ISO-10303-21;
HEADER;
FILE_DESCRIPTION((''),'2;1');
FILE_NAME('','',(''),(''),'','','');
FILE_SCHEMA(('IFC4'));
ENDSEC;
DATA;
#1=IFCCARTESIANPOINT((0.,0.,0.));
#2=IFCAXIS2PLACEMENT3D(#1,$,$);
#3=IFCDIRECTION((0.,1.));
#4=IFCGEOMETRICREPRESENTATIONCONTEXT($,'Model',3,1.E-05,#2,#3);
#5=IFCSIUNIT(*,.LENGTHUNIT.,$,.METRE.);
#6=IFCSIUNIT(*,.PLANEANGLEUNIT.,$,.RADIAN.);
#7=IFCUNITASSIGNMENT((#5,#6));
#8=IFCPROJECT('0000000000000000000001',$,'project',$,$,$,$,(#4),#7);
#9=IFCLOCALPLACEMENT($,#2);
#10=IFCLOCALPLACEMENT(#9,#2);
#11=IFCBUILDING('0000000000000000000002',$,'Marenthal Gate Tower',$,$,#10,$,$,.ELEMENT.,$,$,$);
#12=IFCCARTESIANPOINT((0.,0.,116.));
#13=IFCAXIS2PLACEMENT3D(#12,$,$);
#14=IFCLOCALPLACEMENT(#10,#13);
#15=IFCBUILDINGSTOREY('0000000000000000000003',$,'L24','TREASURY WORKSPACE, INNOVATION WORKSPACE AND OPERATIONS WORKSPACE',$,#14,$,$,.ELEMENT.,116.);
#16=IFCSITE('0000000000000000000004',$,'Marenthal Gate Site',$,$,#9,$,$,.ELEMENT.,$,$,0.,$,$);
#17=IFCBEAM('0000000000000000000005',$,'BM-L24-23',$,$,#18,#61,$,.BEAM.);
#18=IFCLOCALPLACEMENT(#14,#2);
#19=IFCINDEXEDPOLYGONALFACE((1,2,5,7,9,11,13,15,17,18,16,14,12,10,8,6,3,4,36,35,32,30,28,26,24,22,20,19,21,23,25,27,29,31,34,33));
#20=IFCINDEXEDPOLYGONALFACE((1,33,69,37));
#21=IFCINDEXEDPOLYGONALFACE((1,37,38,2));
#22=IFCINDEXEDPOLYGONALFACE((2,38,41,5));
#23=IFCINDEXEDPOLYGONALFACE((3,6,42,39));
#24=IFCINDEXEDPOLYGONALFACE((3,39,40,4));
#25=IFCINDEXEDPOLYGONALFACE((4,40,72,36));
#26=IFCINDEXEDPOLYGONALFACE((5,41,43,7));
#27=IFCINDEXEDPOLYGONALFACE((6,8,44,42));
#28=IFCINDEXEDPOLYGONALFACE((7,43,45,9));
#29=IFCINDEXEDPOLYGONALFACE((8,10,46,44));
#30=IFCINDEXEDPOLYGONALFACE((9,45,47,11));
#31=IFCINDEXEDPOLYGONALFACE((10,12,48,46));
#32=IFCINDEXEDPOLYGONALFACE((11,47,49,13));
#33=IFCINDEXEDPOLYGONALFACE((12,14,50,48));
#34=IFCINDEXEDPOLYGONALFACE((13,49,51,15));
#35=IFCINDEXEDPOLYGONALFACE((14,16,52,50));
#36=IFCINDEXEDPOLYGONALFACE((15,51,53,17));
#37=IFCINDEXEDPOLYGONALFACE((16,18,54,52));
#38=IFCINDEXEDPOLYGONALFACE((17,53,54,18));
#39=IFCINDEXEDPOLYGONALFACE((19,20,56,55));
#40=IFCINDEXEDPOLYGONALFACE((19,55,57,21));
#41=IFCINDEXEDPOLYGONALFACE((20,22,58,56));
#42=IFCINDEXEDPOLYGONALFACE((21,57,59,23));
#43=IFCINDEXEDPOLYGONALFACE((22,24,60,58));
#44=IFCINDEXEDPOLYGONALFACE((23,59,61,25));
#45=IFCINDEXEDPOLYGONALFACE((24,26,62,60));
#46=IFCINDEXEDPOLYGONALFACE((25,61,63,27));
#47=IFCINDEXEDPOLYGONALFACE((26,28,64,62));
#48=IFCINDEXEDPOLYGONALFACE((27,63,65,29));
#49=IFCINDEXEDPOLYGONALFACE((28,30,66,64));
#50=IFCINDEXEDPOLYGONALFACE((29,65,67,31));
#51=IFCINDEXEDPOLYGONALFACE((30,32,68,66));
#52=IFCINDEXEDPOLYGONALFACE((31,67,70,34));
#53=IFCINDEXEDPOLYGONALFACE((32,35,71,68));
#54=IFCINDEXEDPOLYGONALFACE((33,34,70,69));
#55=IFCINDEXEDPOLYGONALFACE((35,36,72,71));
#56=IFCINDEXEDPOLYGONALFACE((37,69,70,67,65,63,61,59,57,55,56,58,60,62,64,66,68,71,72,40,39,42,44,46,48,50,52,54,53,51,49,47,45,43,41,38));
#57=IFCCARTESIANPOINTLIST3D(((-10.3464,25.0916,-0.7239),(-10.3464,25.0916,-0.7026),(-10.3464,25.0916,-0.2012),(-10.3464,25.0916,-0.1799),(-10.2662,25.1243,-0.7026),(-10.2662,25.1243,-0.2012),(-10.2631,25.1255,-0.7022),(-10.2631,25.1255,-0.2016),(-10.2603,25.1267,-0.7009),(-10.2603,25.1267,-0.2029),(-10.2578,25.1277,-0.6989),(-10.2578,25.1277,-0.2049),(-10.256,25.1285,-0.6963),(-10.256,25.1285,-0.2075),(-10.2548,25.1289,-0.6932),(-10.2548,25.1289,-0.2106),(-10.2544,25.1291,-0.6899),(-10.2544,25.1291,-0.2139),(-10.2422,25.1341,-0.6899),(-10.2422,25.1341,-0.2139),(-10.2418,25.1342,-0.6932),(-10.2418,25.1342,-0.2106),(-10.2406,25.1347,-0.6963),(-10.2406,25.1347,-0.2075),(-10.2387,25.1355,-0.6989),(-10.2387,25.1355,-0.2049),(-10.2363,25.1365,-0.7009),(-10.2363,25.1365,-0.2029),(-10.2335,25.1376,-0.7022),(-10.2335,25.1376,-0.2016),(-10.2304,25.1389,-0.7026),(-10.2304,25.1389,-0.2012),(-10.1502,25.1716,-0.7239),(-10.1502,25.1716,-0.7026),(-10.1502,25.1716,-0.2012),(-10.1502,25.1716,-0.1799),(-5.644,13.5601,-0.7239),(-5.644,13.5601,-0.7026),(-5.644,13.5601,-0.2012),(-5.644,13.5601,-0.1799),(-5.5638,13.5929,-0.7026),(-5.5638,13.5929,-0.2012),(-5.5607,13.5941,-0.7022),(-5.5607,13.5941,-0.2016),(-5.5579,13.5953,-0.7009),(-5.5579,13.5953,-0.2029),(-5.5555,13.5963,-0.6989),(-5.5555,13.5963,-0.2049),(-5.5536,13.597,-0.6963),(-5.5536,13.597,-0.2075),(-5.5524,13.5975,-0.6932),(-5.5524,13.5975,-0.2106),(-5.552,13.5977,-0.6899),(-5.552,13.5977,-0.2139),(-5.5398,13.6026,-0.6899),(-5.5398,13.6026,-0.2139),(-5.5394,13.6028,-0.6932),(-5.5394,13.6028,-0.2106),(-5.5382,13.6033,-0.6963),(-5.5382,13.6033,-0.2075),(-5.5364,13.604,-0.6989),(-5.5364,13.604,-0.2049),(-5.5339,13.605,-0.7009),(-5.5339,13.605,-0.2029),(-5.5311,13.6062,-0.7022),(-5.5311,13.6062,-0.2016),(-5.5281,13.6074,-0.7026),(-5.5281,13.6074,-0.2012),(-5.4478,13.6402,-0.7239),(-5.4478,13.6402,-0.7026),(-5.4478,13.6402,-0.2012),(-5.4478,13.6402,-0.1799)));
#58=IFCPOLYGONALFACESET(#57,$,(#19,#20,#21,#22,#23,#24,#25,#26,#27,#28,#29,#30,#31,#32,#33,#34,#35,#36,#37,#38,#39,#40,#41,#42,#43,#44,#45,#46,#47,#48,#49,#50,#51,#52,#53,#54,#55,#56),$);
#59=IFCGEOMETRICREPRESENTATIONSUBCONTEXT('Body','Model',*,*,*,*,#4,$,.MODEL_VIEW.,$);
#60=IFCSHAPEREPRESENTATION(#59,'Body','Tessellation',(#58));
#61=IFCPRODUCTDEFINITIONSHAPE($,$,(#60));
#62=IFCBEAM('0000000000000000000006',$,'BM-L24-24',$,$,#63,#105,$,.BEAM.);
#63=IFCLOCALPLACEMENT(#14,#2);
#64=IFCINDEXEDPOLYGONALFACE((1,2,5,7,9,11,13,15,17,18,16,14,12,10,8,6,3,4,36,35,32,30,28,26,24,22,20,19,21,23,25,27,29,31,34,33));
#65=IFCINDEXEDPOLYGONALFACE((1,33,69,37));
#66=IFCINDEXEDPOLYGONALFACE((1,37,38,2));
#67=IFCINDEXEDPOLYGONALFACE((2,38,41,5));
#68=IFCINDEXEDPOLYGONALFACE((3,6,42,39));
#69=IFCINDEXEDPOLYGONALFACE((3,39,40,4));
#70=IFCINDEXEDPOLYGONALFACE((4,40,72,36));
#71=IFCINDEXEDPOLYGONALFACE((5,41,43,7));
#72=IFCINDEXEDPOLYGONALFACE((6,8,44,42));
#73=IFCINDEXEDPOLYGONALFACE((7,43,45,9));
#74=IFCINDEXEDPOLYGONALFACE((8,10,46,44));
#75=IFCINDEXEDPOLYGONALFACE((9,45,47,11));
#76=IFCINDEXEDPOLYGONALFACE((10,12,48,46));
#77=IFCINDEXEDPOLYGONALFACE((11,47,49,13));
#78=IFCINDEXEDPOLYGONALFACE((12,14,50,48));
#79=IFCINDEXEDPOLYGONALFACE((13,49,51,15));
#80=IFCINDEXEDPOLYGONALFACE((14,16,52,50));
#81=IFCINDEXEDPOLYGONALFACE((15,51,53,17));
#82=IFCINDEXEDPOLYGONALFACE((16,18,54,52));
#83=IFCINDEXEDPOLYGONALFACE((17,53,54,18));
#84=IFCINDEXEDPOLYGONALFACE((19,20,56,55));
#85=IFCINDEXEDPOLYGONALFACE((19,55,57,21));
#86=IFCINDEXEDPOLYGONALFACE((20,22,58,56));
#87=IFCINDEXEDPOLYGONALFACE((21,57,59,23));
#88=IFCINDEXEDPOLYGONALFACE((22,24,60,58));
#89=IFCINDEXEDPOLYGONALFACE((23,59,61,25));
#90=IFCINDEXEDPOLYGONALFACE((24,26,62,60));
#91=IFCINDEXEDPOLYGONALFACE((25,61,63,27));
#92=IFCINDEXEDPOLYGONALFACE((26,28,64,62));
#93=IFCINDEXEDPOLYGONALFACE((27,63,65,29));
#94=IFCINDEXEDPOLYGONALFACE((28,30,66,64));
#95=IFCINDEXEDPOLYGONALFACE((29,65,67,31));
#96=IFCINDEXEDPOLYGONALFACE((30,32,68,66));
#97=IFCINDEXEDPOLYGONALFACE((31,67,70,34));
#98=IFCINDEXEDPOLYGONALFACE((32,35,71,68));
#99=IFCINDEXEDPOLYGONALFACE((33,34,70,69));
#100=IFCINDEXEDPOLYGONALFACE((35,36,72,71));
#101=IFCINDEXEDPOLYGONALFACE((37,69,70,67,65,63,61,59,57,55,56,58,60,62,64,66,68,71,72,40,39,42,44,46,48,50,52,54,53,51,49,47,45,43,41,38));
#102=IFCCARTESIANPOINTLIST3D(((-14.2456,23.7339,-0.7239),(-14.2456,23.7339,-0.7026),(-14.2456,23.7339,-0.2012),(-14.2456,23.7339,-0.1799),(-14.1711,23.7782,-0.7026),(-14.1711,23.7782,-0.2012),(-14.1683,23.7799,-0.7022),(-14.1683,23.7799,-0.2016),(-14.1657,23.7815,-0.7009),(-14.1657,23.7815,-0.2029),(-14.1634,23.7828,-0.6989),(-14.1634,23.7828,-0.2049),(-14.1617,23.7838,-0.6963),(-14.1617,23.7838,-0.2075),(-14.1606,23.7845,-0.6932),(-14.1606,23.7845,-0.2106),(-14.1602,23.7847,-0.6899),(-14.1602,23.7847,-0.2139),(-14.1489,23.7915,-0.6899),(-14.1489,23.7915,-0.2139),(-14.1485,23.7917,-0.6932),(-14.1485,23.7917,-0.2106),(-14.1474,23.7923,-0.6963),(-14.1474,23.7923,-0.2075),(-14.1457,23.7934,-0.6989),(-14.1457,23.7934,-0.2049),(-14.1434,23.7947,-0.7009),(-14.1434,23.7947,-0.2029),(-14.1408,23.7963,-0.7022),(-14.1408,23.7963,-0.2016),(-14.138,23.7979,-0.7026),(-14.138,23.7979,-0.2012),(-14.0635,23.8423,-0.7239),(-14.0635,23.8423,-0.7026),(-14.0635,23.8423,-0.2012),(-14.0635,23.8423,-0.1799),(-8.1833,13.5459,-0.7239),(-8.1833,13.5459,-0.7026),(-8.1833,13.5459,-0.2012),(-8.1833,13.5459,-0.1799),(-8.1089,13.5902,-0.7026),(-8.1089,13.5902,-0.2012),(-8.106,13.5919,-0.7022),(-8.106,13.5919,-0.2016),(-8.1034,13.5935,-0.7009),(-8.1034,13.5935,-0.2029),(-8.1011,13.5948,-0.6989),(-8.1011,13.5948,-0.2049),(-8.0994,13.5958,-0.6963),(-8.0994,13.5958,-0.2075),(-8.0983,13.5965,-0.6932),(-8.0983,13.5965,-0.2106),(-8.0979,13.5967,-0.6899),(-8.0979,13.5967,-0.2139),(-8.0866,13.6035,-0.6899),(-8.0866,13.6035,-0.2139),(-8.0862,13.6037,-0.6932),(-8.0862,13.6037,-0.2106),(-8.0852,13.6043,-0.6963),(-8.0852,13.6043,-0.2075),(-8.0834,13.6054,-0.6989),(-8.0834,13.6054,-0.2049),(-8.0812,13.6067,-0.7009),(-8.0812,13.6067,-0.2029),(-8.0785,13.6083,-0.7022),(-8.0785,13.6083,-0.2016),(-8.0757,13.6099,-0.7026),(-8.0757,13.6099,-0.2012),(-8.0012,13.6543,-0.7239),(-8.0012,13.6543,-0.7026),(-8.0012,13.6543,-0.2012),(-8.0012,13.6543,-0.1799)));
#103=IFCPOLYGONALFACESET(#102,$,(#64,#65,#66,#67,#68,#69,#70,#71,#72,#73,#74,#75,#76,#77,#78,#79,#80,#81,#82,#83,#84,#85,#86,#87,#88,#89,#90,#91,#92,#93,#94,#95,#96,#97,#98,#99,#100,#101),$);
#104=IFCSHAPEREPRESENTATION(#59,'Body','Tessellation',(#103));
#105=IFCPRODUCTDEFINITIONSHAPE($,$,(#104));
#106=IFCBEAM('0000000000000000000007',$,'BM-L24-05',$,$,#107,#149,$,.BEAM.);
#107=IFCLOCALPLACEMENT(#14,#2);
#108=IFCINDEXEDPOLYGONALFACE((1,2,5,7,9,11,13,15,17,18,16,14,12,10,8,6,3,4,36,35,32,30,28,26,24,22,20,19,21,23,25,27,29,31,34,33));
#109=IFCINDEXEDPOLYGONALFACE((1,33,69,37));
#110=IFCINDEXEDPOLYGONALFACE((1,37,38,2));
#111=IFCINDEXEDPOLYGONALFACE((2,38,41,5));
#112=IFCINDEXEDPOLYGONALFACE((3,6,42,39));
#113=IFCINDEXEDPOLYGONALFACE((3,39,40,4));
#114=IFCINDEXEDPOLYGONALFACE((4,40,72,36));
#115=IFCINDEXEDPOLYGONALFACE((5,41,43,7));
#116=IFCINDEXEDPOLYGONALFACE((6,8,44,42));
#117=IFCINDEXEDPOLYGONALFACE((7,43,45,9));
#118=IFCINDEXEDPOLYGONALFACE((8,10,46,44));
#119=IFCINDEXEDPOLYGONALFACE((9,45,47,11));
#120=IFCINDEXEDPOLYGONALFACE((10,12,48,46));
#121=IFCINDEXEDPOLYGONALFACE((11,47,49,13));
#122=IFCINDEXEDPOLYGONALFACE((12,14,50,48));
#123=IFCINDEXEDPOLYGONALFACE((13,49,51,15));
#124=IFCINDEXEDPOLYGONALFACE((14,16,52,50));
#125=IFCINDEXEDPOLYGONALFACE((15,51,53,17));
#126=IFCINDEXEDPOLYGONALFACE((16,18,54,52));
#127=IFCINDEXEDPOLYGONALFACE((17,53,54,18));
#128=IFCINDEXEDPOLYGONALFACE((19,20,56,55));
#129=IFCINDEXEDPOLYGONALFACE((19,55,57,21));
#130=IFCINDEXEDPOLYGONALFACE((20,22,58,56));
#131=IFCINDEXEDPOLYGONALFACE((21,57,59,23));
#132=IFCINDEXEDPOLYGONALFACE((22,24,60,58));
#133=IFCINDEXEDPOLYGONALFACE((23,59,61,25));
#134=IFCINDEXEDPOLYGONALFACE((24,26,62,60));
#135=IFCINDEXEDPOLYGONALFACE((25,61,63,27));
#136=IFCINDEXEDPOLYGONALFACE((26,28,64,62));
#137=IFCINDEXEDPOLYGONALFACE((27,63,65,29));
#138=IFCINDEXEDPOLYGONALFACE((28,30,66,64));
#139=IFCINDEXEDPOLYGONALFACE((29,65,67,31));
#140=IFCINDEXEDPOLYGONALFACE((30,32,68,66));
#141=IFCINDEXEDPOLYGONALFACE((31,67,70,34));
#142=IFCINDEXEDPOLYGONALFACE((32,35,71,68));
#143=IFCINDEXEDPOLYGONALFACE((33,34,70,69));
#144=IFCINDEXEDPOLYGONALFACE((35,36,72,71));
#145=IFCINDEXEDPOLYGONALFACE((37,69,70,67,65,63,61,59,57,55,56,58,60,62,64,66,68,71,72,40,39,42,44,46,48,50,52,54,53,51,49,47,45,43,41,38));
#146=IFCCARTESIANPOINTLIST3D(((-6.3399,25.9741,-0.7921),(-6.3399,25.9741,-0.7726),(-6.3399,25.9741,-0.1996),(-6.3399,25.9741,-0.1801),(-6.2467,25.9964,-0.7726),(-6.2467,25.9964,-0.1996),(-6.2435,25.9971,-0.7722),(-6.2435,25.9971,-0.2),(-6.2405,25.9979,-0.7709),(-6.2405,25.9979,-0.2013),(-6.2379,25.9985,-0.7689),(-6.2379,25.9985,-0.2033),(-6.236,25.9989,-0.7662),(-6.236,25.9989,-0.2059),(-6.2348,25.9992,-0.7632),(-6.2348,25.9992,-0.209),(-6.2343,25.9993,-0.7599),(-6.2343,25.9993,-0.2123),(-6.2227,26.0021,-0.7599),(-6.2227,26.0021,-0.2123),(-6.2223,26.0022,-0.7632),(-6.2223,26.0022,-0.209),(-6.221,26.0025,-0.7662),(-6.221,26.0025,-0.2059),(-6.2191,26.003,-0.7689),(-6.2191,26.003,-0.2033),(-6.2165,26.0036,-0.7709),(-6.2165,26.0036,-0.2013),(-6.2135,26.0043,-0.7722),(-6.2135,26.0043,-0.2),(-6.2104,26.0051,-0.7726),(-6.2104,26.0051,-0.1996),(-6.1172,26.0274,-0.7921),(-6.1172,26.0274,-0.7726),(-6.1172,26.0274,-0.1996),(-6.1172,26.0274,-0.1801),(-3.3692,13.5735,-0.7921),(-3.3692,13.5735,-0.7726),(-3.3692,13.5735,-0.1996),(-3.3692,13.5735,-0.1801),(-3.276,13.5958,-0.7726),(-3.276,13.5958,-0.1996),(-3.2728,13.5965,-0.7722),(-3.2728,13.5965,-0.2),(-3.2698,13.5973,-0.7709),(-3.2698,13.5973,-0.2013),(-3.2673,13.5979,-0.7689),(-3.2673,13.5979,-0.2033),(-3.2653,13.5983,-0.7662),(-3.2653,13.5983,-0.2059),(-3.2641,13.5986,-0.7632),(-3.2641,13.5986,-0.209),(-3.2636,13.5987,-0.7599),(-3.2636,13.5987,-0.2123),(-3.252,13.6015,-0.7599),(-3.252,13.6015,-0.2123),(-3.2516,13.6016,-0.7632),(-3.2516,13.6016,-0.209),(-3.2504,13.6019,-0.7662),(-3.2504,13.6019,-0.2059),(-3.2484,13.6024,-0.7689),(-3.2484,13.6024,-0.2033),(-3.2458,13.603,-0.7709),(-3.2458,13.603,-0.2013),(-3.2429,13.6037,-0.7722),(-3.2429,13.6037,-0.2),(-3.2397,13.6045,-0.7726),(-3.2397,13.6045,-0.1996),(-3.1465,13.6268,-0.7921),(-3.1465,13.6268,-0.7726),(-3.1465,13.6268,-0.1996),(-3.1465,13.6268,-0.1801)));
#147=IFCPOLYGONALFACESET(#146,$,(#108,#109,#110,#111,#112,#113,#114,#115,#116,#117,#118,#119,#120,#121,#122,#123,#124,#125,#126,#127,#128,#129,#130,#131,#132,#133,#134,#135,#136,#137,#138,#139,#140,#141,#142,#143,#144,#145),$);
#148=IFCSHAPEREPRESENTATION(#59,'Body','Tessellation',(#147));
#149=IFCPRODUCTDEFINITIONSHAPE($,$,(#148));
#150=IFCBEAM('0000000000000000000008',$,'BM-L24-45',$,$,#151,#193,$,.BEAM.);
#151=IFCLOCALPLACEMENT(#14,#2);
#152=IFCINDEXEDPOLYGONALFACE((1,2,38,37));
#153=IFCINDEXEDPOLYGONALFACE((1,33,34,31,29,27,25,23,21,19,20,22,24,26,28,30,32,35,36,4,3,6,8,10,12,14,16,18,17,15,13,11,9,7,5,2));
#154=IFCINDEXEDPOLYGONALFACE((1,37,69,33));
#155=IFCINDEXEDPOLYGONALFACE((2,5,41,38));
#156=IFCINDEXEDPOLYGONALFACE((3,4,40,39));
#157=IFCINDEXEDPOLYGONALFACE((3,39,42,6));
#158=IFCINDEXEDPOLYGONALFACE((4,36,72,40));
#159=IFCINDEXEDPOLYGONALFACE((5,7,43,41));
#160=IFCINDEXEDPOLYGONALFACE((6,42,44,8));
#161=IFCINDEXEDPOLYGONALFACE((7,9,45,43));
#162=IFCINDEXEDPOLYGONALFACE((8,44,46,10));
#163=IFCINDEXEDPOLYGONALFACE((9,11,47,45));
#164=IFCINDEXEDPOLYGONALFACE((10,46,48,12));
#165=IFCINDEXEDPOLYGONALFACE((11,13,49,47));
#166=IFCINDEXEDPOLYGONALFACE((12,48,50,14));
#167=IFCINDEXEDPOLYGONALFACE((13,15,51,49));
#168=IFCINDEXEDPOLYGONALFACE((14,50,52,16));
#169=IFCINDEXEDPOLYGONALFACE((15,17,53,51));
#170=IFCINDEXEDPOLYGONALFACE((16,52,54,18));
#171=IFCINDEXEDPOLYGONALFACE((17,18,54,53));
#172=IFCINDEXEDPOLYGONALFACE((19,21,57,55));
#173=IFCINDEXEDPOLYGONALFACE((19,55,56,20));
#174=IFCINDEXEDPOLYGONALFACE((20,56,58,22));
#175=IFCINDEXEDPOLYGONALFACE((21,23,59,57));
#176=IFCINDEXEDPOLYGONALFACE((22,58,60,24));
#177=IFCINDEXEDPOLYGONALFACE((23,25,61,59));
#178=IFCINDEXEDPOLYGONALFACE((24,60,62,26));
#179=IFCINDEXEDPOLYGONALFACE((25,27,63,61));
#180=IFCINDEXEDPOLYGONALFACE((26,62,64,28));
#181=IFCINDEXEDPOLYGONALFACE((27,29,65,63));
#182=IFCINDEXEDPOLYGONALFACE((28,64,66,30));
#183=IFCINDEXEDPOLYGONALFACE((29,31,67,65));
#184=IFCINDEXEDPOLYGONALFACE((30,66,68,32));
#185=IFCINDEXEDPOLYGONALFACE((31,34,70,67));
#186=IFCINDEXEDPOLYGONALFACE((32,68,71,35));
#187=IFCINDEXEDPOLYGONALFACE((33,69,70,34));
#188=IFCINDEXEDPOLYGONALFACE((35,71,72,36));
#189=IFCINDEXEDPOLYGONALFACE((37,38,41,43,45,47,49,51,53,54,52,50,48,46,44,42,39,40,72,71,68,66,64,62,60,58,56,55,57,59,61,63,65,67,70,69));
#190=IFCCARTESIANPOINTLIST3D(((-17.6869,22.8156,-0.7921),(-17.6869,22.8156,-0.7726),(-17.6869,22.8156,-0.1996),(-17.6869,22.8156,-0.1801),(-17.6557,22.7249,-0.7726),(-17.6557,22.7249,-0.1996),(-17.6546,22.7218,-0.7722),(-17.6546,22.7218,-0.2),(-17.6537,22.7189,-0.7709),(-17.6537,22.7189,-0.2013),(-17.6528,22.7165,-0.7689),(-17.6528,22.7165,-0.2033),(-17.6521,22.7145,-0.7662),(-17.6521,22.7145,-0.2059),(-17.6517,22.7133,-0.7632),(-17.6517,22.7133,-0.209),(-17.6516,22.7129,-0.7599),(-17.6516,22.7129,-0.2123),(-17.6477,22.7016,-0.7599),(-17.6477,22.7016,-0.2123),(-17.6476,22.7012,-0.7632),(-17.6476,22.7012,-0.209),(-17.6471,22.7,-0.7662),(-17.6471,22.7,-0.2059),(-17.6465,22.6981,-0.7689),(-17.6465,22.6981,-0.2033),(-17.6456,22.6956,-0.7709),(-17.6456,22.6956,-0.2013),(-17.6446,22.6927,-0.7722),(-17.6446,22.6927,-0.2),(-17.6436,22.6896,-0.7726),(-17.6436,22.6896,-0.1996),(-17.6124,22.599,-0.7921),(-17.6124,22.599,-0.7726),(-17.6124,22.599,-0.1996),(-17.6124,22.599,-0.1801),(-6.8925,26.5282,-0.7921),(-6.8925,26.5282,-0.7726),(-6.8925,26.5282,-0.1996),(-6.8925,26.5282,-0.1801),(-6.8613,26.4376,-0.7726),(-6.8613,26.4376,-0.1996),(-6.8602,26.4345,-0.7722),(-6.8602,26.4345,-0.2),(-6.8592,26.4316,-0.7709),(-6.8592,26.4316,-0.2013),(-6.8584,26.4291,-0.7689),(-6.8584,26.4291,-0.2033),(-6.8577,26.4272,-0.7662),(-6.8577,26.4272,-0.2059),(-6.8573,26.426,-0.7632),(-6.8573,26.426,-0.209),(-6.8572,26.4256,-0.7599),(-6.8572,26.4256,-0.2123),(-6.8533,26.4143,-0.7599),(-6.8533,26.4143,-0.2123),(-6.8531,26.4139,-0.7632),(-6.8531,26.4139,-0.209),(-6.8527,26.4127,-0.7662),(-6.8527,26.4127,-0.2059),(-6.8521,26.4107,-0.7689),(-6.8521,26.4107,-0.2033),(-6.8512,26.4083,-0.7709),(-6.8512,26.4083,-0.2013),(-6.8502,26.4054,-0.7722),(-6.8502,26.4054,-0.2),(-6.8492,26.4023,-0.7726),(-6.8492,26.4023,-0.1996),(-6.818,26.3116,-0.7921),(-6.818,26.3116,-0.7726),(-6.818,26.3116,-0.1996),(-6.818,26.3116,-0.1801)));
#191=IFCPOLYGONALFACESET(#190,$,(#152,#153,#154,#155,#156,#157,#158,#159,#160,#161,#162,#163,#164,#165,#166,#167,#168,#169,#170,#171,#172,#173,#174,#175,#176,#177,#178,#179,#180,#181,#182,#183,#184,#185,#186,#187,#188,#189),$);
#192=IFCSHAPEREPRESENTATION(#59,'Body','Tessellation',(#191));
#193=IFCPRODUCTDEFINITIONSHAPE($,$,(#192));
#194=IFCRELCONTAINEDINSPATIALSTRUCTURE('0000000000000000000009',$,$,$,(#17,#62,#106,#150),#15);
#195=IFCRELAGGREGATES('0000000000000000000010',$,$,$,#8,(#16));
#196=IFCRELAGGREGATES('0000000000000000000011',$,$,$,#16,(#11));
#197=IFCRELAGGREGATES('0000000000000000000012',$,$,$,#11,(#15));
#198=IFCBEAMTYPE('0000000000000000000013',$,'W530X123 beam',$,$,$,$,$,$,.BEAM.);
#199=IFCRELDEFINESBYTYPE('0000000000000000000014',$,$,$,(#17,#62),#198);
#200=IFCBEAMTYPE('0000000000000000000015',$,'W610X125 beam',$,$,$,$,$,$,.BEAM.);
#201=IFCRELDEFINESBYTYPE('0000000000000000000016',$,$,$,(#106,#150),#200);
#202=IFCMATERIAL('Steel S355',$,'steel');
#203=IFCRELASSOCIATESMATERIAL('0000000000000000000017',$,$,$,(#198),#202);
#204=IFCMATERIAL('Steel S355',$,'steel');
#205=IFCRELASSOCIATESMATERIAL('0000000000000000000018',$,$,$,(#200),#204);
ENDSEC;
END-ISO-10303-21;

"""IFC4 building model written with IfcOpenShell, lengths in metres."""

from ifc_helpers import new_model, si_unit, direction, frame, origin, origin_2d, place, context, subcontext, project, spatial, i_section, extrude, material, material_profile, profile_set, type_object, element, save


model = new_model("IFC4")

# Units and contexts
model_context = context("Model", 3, precision=1e-05, world=origin(), true_north=direction((0.0, 1.0)))
body_context = subcontext(model_context, "Body", "Model", "MODEL_VIEW")
ifc_project = project(units=[si_unit("LENGTHUNIT", "METRE"), si_unit("PLANEANGLEUNIT", "RADIAN")], contexts=[model_context])

# Site, building, storey
site_placement = place(None, origin())
site = spatial("IfcSite", under=ifc_project, at=site_placement, Name="Marenthal Gate Site", CompositionType="ELEMENT", RefElevation=0.0)
building_placement = place(site_placement, origin())
building = spatial("IfcBuilding", under=site, at=building_placement, Name="Marenthal Gate Tower", CompositionType="ELEMENT")
storey_placement = place(building_placement, frame((0.0, 0.0, 116.0)))
storey = spatial("IfcBuildingStorey", under=building, at=storey_placement, Name="L24", Description="TREASURY WORKSPACE, INNOVATION WORKSPACE AND OPERATIONS WORKSPACE", CompositionType="ELEMENT", Elevation=116.0)

# Beams
ifc_material_1 = material(Name="Steel S355", Category="steel")
ifc_material_profile_1 = material_profile(ifc_material_1, i_section(OverallWidth=0.2119, OverallDepth=0.5439, WebThickness=0.0132, FlangeThickness=0.0212, FilletRadius=0.0127, at=origin_2d()), Name="W530X123")
ifc_profile_set_1 = profile_set([ifc_material_profile_1], Name="Steel S355")
beam_type_1 = type_object("IfcBeamType", Name="W530X123 beam", PredefinedType="BEAM", material=ifc_profile_set_1)
beam_1_placement = place(storey_placement, frame((-10.2483, 25.1316, -0.4519), z_axis=(0.377598, -0.92597, 0.0), x_axis=(0.92597, 0.377598, 0.0)))
element("IfcBeam", 1, at=beam_1_placement, inside=storey, type_object=beam_type_1, Name="BM-L24-23", PredefinedType="BEAM", context=body_context, shape_type="SweptSolid", body=[
    extrude(i_section(OverallWidth=0.2119, OverallDepth=0.5439, WebThickness=0.0132, FlangeThickness=0.0212, FilletRadius=0.0127, at=origin_2d()), origin(), (0.0, 0.0, 1.0), 12.4534),
])
beam_2_placement = place(storey_placement, frame((-14.1545, 23.7881, -0.4519), z_axis=(0.511358, -0.859368, 0.0), x_axis=(0.859368, 0.511358, 0.0)))
element("IfcBeam", 2, at=beam_2_placement, inside=storey, type_object=beam_type_1, Name="BM-L24-24", PredefinedType="BEAM", context=body_context, shape_type="SweptSolid", body=[
    extrude(i_section(OverallWidth=0.2119, OverallDepth=0.5439, WebThickness=0.0132, FlangeThickness=0.0212, FilletRadius=0.0127, at=origin_2d()), origin(), (0.0, 0.0, 1.0), 11.8552),
])
ifc_material_2 = material(Name="Steel S355", Category="steel")
ifc_material_profile_2 = material_profile(ifc_material_2, i_section(OverallWidth=0.229, OverallDepth=0.6121, WebThickness=0.012, FlangeThickness=0.0195, FilletRadius=0.0127, at=origin_2d()), Name="W610X125")
ifc_profile_set_2 = profile_set([ifc_material_profile_2], Name="Steel S355")
beam_type_2 = type_object("IfcBeamType", Name="W610X125 beam", PredefinedType="BEAM", material=ifc_profile_set_2)
beam_3_placement = place(storey_placement, frame((-6.2285, 26.0007, -0.4861), z_axis=(0.232969, -0.972484, 0.0), x_axis=(0.972484, 0.232969, 0.0)))
element("IfcBeam", 3, at=beam_3_placement, inside=storey, type_object=beam_type_2, Name="BM-L24-05", PredefinedType="BEAM", context=body_context, shape_type="SweptSolid", body=[
    extrude(i_section(OverallWidth=0.229, OverallDepth=0.6121, WebThickness=0.012, FlangeThickness=0.0195, FilletRadius=0.0127, at=origin_2d()), origin(), (0.0, 0.0, 1.0), 12.7515),
])
beam_4_placement = place(storey_placement, frame((-6.8552, 26.4199, -0.4861), z_axis=(-0.945631, -0.325241, 0.0), x_axis=(0.325241, -0.945631, 0.0)))
element("IfcBeam", 4, at=beam_4_placement, inside=storey, type_object=beam_type_2, Name="BM-L24-45", PredefinedType="BEAM", context=body_context, shape_type="SweptSolid", body=[
    extrude(i_section(OverallWidth=0.229, OverallDepth=0.6121, WebThickness=0.012, FlangeThickness=0.0195, FilletRadius=0.0127, at=origin_2d()), origin(), (0.0, 0.0, 1.0), 11.415),
])

save(model, "model.ifc")
